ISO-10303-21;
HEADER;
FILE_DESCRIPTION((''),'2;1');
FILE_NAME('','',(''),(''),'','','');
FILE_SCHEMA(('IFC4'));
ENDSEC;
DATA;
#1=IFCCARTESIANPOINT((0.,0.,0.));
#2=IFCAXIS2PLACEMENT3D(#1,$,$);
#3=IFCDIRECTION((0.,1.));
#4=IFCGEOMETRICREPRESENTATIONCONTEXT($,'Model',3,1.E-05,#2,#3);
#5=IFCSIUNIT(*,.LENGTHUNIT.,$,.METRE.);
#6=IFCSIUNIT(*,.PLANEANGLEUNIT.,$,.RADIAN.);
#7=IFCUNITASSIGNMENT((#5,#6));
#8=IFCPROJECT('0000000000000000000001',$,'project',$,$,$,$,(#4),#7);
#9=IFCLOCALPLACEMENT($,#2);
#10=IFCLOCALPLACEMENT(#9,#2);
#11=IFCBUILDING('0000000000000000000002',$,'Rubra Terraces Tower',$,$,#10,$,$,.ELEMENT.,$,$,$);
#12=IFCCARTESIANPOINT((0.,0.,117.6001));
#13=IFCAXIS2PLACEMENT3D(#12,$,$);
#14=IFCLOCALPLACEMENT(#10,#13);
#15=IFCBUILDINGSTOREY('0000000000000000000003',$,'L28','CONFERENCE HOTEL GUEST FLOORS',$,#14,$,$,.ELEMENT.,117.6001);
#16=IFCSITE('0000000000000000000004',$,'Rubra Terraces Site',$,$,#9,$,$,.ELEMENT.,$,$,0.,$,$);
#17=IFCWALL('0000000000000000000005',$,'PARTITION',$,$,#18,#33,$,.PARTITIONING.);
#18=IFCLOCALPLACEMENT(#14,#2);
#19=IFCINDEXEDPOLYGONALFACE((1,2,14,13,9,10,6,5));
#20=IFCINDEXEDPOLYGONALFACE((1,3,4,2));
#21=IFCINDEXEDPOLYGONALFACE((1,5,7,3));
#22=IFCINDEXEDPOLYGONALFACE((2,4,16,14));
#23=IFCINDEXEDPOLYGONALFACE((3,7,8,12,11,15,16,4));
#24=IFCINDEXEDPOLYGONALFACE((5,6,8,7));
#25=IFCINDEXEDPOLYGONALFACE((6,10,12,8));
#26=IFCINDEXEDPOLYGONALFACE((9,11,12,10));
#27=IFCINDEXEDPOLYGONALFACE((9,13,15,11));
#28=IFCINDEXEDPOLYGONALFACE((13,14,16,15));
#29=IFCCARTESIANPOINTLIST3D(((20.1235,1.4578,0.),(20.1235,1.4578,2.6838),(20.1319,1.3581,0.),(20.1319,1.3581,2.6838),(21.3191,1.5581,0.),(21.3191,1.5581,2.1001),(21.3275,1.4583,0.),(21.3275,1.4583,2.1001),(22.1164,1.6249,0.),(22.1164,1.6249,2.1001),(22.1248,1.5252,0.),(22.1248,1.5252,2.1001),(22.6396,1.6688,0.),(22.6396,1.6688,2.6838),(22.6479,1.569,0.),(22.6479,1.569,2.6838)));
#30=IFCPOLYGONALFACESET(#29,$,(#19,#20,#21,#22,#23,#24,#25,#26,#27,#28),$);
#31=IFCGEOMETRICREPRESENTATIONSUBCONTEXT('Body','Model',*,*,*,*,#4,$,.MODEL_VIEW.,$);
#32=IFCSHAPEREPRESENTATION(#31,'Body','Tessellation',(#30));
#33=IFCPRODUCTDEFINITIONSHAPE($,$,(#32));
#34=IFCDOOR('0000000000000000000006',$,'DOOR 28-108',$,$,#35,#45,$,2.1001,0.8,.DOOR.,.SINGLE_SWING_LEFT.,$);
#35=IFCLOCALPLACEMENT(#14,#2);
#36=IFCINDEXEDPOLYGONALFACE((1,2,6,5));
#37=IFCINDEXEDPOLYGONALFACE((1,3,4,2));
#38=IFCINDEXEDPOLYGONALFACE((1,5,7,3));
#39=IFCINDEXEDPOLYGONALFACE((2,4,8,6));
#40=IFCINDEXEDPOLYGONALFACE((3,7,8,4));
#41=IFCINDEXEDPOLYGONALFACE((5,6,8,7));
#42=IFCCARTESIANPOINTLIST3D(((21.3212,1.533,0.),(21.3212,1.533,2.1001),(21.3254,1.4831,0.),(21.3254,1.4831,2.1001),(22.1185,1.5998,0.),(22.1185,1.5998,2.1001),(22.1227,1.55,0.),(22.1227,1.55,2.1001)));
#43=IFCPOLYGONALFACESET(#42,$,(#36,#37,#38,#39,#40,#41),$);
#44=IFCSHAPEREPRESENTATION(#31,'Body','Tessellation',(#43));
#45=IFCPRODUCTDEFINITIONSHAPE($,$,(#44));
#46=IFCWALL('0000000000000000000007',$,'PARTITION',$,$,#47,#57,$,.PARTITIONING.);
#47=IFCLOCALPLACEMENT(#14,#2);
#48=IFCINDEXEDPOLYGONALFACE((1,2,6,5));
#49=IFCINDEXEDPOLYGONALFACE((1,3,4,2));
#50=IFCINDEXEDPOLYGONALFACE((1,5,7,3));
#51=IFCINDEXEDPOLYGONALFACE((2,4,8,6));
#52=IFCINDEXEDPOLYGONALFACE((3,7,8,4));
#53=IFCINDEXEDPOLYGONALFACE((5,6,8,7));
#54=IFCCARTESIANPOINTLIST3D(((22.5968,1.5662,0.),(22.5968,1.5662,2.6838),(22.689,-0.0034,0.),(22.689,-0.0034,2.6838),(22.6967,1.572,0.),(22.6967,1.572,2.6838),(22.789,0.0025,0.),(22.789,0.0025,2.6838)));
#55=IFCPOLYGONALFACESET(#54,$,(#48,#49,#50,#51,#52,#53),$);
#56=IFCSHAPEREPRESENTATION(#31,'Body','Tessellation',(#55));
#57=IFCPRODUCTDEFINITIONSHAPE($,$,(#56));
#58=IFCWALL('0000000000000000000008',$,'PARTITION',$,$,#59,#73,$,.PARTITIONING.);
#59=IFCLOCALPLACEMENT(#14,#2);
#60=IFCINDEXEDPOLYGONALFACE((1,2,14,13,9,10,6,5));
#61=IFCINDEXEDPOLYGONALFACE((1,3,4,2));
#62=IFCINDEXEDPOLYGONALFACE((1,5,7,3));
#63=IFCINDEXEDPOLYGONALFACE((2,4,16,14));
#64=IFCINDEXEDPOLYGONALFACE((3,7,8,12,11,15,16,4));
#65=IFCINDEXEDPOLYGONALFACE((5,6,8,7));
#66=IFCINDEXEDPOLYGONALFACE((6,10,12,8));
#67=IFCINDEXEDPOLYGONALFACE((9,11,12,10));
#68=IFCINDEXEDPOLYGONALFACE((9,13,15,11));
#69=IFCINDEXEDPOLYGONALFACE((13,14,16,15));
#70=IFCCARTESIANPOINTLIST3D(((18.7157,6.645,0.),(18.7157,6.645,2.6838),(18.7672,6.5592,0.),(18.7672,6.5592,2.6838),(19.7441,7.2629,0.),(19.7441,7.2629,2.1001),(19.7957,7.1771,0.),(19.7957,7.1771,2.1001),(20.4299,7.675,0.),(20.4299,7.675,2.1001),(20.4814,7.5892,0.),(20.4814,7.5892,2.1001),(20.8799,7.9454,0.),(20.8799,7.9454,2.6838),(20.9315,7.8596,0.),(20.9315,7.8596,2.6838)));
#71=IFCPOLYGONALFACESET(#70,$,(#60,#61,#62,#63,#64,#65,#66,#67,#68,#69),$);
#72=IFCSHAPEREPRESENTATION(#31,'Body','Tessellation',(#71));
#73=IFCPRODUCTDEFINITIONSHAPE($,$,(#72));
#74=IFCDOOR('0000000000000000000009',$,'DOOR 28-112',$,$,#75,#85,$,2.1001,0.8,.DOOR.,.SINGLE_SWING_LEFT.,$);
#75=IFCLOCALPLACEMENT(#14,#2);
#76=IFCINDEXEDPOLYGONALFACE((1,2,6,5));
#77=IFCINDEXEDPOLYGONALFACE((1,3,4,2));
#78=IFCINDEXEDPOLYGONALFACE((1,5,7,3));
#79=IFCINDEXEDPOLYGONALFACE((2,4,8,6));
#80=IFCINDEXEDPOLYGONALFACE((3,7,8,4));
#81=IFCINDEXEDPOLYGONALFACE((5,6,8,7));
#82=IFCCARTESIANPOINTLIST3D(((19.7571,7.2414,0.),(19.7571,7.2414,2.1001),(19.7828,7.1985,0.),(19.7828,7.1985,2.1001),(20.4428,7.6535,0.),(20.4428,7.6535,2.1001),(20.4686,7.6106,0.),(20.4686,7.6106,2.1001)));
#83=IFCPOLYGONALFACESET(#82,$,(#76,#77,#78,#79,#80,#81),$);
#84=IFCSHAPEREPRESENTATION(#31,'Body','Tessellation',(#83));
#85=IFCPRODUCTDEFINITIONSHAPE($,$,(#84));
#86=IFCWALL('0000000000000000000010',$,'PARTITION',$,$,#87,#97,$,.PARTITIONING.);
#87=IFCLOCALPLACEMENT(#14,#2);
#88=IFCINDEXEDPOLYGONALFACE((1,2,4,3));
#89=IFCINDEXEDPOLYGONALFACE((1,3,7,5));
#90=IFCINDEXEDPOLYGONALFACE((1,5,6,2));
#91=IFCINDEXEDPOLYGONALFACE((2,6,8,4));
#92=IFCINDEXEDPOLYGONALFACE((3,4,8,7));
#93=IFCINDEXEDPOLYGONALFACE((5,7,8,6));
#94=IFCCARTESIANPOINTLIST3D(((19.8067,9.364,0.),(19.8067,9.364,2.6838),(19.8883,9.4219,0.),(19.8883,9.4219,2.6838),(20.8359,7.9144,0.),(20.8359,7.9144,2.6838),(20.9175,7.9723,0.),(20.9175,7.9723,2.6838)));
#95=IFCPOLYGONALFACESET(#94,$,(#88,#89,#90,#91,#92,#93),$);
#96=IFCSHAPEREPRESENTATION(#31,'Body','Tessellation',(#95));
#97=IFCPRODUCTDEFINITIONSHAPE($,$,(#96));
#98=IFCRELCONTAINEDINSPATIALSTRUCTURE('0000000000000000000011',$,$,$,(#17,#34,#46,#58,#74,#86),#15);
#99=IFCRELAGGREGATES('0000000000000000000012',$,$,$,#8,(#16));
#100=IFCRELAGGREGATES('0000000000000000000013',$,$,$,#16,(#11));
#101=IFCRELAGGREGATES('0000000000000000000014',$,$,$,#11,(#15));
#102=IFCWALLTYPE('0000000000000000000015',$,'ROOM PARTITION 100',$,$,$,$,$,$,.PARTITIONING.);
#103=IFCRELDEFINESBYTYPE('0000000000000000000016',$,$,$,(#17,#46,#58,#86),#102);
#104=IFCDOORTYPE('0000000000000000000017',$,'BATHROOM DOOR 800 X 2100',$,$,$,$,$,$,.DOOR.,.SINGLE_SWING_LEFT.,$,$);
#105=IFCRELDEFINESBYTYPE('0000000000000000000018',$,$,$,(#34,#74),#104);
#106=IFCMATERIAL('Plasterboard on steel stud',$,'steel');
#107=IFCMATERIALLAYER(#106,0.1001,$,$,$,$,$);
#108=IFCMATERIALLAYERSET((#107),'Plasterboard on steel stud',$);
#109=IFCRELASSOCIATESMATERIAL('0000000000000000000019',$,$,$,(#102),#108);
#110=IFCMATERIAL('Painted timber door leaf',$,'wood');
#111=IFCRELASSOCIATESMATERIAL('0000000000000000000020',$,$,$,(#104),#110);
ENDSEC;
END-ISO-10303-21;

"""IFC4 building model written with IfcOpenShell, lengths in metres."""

from ifc_helpers import new_model, si_unit, direction, frame, frame_2d, origin, place, context, subcontext, project, spatial, rectangle, extrude, material, layer, layer_set, type_object, element, fill, save


model = new_model("IFC4")

# Units and contexts
model_context = context("Model", 3, precision=1e-05, world=origin(), true_north=direction((0.0, 1.0)))
body_context = subcontext(model_context, "Body", "Model", "MODEL_VIEW")
ifc_project = project(units=[si_unit("LENGTHUNIT", "METRE"), si_unit("PLANEANGLEUNIT", "RADIAN")], contexts=[model_context])

# Site, building, storey
site_placement = place(None, origin())
site = spatial("IfcSite", under=ifc_project, at=site_placement, Name="Rubra Terraces Site", CompositionType="ELEMENT", RefElevation=0.0)
building_placement = place(site_placement, origin())
building = spatial("IfcBuilding", under=site, at=building_placement, Name="Rubra Terraces Tower", CompositionType="ELEMENT")
storey_placement = place(building_placement, frame((0.0, 0.0, 117.6001)))
storey = spatial("IfcBuildingStorey", under=building, at=storey_placement, Name="L28", Description="CONFERENCE HOTEL GUEST FLOORS", CompositionType="ELEMENT", Elevation=117.6001)

# Wall, opening, door
ifc_material_1 = material(Name="Plasterboard on steel stud", Category="steel")
ifc_layer_1 = layer(ifc_material_1, 0.1001)
ifc_layer_set_1 = layer_set([ifc_layer_1], Name="Plasterboard on steel stud")
wall_type_1 = type_object("IfcWallType", Name="ROOM PARTITION 100", PredefinedType="PARTITIONING", material=ifc_layer_set_1)
wall_1_placement = place(storey_placement, frame((20.1277, 1.408, 0.0), z_axis=(0.0, 0.0, 1.0), x_axis=(0.996504, 0.083542, 0.0)))
wall_1 = element("IfcWall", 1, at=wall_1_placement, inside=storey, type_object=wall_type_1, Name="PARTITION", PredefinedType="PARTITIONING", context=body_context, shape_type="SweptSolid", body=[
    extrude(rectangle(XDim=2.5249, YDim=0.1001, at=frame_2d((1.2625, 0.0))), origin(), (0.0, 0.0, 1.0), 2.6838),
])
opening_1_placement = place(wall_1_placement, frame((1.2, 0.0, 0.0)))
opening_1 = element("IfcOpeningElement", 2, at=opening_1_placement, cuts=wall_1, PredefinedType="OPENING", context=body_context, shape_type="SweptSolid", body=[
    extrude(rectangle(XDim=0.8, YDim=2.1001, at=frame_2d((0.3999, 1.05))), frame((0.0, 0.0601, 0.0), z_axis=(0.0, -1.0, 0.0), x_axis=(1.0, 0.0, 0.0)), (0.0, 0.0, 1.0), 0.1201),
])
ifc_material_2 = material(Name="Painted timber door leaf", Category="wood")
door_type = type_object("IfcDoorType", Name="BATHROOM DOOR 800 X 2100", OperationType="SINGLE_SWING_LEFT", PredefinedType="DOOR", material=ifc_material_2)
door_1_placement = place(opening_1_placement, origin())
door_1 = element("IfcDoor", 3, at=door_1_placement, inside=storey, type_object=door_type, Name="DOOR 28-108", OperationType="SINGLE_SWING_LEFT", OverallHeight=2.1001, OverallWidth=0.8, PredefinedType="DOOR", context=body_context, shape_type="SweptSolid", body=[
    extrude(rectangle(XDim=0.8, YDim=2.1001, at=frame_2d((0.3999, 1.05))), frame((0.0, 0.0249, 0.0), z_axis=(0.0, -1.0, 0.0), x_axis=(1.0, 0.0, 0.0)), (0.0, 0.0, 1.0), 0.05),
])
fill(opening_1, door_1)

# Wall
wall_2_placement = place(storey_placement, frame((22.6467, 1.5691, 0.0), z_axis=(0.0, 0.0, 1.0), x_axis=(0.058695, -0.998276, 0.0)))
element("IfcWall", 4, at=wall_2_placement, inside=storey, type_object=wall_type_1, Name="PARTITION", PredefinedType="PARTITIONING", context=body_context, shape_type="SweptSolid", body=[
    extrude(rectangle(XDim=1.5723, YDim=0.1001, at=frame_2d((0.7861, 0.0))), origin(), (0.0, 0.0, 1.0), 2.6838),
])

# Wall, opening, door
wall_3_placement = place(storey_placement, frame((18.7415, 6.6021, 0.0), z_axis=(0.0, 0.0, 1.0), x_axis=(0.857151, 0.515064, 0.0)))
wall_3 = element("IfcWall", 5, at=wall_3_placement, inside=storey, type_object=wall_type_1, Name="PARTITION", PredefinedType="PARTITIONING", context=body_context, shape_type="SweptSolid", body=[
    extrude(rectangle(XDim=2.5249, YDim=0.1001, at=frame_2d((1.2625, 0.0))), origin(), (0.0, 0.0, 1.0), 2.6838),
])
opening_2_placement = place(wall_3_placement, frame((1.2, 0.0, 0.0)))
opening_2 = element("IfcOpeningElement", 6, at=opening_2_placement, cuts=wall_3, PredefinedType="OPENING", context=body_context, shape_type="SweptSolid", body=[
    extrude(rectangle(XDim=0.8, YDim=2.1001, at=frame_2d((0.3999, 1.05))), frame((0.0, 0.0601, 0.0), z_axis=(0.0, -1.0, 0.0), x_axis=(1.0, 0.0, 0.0)), (0.0, 0.0, 1.0), 0.1201),
])
door_2_placement = place(opening_2_placement, origin())
door_2 = element("IfcDoor", 7, at=door_2_placement, inside=storey, type_object=door_type, Name="DOOR 28-112", OperationType="SINGLE_SWING_LEFT", OverallHeight=2.1001, OverallWidth=0.8, PredefinedType="DOOR", context=body_context, shape_type="SweptSolid", body=[
    extrude(rectangle(XDim=0.8, YDim=2.1001, at=frame_2d((0.3999, 1.05))), frame((0.0, 0.0249, 0.0), z_axis=(0.0, -1.0, 0.0), x_axis=(1.0, 0.0, 0.0)), (0.0, 0.0, 1.0), 0.05),
])
fill(opening_2, door_2)

# Wall
wall_4_placement = place(storey_placement, frame((20.8767, 7.9434, 0.0), z_axis=(0.0, 0.0, 1.0), x_axis=(-0.578924, 0.815382, 0.0)))
element("IfcWall", 8, at=wall_4_placement, inside=storey, type_object=wall_type_1, Name="PARTITION", PredefinedType="PARTITIONING", context=body_context, shape_type="SweptSolid", body=[
    extrude(rectangle(XDim=1.7778, YDim=0.1001, at=frame_2d((0.8889, 0.0))), origin(), (0.0, 0.0, 1.0), 2.6838),
])

save(model, "model.ifc")
